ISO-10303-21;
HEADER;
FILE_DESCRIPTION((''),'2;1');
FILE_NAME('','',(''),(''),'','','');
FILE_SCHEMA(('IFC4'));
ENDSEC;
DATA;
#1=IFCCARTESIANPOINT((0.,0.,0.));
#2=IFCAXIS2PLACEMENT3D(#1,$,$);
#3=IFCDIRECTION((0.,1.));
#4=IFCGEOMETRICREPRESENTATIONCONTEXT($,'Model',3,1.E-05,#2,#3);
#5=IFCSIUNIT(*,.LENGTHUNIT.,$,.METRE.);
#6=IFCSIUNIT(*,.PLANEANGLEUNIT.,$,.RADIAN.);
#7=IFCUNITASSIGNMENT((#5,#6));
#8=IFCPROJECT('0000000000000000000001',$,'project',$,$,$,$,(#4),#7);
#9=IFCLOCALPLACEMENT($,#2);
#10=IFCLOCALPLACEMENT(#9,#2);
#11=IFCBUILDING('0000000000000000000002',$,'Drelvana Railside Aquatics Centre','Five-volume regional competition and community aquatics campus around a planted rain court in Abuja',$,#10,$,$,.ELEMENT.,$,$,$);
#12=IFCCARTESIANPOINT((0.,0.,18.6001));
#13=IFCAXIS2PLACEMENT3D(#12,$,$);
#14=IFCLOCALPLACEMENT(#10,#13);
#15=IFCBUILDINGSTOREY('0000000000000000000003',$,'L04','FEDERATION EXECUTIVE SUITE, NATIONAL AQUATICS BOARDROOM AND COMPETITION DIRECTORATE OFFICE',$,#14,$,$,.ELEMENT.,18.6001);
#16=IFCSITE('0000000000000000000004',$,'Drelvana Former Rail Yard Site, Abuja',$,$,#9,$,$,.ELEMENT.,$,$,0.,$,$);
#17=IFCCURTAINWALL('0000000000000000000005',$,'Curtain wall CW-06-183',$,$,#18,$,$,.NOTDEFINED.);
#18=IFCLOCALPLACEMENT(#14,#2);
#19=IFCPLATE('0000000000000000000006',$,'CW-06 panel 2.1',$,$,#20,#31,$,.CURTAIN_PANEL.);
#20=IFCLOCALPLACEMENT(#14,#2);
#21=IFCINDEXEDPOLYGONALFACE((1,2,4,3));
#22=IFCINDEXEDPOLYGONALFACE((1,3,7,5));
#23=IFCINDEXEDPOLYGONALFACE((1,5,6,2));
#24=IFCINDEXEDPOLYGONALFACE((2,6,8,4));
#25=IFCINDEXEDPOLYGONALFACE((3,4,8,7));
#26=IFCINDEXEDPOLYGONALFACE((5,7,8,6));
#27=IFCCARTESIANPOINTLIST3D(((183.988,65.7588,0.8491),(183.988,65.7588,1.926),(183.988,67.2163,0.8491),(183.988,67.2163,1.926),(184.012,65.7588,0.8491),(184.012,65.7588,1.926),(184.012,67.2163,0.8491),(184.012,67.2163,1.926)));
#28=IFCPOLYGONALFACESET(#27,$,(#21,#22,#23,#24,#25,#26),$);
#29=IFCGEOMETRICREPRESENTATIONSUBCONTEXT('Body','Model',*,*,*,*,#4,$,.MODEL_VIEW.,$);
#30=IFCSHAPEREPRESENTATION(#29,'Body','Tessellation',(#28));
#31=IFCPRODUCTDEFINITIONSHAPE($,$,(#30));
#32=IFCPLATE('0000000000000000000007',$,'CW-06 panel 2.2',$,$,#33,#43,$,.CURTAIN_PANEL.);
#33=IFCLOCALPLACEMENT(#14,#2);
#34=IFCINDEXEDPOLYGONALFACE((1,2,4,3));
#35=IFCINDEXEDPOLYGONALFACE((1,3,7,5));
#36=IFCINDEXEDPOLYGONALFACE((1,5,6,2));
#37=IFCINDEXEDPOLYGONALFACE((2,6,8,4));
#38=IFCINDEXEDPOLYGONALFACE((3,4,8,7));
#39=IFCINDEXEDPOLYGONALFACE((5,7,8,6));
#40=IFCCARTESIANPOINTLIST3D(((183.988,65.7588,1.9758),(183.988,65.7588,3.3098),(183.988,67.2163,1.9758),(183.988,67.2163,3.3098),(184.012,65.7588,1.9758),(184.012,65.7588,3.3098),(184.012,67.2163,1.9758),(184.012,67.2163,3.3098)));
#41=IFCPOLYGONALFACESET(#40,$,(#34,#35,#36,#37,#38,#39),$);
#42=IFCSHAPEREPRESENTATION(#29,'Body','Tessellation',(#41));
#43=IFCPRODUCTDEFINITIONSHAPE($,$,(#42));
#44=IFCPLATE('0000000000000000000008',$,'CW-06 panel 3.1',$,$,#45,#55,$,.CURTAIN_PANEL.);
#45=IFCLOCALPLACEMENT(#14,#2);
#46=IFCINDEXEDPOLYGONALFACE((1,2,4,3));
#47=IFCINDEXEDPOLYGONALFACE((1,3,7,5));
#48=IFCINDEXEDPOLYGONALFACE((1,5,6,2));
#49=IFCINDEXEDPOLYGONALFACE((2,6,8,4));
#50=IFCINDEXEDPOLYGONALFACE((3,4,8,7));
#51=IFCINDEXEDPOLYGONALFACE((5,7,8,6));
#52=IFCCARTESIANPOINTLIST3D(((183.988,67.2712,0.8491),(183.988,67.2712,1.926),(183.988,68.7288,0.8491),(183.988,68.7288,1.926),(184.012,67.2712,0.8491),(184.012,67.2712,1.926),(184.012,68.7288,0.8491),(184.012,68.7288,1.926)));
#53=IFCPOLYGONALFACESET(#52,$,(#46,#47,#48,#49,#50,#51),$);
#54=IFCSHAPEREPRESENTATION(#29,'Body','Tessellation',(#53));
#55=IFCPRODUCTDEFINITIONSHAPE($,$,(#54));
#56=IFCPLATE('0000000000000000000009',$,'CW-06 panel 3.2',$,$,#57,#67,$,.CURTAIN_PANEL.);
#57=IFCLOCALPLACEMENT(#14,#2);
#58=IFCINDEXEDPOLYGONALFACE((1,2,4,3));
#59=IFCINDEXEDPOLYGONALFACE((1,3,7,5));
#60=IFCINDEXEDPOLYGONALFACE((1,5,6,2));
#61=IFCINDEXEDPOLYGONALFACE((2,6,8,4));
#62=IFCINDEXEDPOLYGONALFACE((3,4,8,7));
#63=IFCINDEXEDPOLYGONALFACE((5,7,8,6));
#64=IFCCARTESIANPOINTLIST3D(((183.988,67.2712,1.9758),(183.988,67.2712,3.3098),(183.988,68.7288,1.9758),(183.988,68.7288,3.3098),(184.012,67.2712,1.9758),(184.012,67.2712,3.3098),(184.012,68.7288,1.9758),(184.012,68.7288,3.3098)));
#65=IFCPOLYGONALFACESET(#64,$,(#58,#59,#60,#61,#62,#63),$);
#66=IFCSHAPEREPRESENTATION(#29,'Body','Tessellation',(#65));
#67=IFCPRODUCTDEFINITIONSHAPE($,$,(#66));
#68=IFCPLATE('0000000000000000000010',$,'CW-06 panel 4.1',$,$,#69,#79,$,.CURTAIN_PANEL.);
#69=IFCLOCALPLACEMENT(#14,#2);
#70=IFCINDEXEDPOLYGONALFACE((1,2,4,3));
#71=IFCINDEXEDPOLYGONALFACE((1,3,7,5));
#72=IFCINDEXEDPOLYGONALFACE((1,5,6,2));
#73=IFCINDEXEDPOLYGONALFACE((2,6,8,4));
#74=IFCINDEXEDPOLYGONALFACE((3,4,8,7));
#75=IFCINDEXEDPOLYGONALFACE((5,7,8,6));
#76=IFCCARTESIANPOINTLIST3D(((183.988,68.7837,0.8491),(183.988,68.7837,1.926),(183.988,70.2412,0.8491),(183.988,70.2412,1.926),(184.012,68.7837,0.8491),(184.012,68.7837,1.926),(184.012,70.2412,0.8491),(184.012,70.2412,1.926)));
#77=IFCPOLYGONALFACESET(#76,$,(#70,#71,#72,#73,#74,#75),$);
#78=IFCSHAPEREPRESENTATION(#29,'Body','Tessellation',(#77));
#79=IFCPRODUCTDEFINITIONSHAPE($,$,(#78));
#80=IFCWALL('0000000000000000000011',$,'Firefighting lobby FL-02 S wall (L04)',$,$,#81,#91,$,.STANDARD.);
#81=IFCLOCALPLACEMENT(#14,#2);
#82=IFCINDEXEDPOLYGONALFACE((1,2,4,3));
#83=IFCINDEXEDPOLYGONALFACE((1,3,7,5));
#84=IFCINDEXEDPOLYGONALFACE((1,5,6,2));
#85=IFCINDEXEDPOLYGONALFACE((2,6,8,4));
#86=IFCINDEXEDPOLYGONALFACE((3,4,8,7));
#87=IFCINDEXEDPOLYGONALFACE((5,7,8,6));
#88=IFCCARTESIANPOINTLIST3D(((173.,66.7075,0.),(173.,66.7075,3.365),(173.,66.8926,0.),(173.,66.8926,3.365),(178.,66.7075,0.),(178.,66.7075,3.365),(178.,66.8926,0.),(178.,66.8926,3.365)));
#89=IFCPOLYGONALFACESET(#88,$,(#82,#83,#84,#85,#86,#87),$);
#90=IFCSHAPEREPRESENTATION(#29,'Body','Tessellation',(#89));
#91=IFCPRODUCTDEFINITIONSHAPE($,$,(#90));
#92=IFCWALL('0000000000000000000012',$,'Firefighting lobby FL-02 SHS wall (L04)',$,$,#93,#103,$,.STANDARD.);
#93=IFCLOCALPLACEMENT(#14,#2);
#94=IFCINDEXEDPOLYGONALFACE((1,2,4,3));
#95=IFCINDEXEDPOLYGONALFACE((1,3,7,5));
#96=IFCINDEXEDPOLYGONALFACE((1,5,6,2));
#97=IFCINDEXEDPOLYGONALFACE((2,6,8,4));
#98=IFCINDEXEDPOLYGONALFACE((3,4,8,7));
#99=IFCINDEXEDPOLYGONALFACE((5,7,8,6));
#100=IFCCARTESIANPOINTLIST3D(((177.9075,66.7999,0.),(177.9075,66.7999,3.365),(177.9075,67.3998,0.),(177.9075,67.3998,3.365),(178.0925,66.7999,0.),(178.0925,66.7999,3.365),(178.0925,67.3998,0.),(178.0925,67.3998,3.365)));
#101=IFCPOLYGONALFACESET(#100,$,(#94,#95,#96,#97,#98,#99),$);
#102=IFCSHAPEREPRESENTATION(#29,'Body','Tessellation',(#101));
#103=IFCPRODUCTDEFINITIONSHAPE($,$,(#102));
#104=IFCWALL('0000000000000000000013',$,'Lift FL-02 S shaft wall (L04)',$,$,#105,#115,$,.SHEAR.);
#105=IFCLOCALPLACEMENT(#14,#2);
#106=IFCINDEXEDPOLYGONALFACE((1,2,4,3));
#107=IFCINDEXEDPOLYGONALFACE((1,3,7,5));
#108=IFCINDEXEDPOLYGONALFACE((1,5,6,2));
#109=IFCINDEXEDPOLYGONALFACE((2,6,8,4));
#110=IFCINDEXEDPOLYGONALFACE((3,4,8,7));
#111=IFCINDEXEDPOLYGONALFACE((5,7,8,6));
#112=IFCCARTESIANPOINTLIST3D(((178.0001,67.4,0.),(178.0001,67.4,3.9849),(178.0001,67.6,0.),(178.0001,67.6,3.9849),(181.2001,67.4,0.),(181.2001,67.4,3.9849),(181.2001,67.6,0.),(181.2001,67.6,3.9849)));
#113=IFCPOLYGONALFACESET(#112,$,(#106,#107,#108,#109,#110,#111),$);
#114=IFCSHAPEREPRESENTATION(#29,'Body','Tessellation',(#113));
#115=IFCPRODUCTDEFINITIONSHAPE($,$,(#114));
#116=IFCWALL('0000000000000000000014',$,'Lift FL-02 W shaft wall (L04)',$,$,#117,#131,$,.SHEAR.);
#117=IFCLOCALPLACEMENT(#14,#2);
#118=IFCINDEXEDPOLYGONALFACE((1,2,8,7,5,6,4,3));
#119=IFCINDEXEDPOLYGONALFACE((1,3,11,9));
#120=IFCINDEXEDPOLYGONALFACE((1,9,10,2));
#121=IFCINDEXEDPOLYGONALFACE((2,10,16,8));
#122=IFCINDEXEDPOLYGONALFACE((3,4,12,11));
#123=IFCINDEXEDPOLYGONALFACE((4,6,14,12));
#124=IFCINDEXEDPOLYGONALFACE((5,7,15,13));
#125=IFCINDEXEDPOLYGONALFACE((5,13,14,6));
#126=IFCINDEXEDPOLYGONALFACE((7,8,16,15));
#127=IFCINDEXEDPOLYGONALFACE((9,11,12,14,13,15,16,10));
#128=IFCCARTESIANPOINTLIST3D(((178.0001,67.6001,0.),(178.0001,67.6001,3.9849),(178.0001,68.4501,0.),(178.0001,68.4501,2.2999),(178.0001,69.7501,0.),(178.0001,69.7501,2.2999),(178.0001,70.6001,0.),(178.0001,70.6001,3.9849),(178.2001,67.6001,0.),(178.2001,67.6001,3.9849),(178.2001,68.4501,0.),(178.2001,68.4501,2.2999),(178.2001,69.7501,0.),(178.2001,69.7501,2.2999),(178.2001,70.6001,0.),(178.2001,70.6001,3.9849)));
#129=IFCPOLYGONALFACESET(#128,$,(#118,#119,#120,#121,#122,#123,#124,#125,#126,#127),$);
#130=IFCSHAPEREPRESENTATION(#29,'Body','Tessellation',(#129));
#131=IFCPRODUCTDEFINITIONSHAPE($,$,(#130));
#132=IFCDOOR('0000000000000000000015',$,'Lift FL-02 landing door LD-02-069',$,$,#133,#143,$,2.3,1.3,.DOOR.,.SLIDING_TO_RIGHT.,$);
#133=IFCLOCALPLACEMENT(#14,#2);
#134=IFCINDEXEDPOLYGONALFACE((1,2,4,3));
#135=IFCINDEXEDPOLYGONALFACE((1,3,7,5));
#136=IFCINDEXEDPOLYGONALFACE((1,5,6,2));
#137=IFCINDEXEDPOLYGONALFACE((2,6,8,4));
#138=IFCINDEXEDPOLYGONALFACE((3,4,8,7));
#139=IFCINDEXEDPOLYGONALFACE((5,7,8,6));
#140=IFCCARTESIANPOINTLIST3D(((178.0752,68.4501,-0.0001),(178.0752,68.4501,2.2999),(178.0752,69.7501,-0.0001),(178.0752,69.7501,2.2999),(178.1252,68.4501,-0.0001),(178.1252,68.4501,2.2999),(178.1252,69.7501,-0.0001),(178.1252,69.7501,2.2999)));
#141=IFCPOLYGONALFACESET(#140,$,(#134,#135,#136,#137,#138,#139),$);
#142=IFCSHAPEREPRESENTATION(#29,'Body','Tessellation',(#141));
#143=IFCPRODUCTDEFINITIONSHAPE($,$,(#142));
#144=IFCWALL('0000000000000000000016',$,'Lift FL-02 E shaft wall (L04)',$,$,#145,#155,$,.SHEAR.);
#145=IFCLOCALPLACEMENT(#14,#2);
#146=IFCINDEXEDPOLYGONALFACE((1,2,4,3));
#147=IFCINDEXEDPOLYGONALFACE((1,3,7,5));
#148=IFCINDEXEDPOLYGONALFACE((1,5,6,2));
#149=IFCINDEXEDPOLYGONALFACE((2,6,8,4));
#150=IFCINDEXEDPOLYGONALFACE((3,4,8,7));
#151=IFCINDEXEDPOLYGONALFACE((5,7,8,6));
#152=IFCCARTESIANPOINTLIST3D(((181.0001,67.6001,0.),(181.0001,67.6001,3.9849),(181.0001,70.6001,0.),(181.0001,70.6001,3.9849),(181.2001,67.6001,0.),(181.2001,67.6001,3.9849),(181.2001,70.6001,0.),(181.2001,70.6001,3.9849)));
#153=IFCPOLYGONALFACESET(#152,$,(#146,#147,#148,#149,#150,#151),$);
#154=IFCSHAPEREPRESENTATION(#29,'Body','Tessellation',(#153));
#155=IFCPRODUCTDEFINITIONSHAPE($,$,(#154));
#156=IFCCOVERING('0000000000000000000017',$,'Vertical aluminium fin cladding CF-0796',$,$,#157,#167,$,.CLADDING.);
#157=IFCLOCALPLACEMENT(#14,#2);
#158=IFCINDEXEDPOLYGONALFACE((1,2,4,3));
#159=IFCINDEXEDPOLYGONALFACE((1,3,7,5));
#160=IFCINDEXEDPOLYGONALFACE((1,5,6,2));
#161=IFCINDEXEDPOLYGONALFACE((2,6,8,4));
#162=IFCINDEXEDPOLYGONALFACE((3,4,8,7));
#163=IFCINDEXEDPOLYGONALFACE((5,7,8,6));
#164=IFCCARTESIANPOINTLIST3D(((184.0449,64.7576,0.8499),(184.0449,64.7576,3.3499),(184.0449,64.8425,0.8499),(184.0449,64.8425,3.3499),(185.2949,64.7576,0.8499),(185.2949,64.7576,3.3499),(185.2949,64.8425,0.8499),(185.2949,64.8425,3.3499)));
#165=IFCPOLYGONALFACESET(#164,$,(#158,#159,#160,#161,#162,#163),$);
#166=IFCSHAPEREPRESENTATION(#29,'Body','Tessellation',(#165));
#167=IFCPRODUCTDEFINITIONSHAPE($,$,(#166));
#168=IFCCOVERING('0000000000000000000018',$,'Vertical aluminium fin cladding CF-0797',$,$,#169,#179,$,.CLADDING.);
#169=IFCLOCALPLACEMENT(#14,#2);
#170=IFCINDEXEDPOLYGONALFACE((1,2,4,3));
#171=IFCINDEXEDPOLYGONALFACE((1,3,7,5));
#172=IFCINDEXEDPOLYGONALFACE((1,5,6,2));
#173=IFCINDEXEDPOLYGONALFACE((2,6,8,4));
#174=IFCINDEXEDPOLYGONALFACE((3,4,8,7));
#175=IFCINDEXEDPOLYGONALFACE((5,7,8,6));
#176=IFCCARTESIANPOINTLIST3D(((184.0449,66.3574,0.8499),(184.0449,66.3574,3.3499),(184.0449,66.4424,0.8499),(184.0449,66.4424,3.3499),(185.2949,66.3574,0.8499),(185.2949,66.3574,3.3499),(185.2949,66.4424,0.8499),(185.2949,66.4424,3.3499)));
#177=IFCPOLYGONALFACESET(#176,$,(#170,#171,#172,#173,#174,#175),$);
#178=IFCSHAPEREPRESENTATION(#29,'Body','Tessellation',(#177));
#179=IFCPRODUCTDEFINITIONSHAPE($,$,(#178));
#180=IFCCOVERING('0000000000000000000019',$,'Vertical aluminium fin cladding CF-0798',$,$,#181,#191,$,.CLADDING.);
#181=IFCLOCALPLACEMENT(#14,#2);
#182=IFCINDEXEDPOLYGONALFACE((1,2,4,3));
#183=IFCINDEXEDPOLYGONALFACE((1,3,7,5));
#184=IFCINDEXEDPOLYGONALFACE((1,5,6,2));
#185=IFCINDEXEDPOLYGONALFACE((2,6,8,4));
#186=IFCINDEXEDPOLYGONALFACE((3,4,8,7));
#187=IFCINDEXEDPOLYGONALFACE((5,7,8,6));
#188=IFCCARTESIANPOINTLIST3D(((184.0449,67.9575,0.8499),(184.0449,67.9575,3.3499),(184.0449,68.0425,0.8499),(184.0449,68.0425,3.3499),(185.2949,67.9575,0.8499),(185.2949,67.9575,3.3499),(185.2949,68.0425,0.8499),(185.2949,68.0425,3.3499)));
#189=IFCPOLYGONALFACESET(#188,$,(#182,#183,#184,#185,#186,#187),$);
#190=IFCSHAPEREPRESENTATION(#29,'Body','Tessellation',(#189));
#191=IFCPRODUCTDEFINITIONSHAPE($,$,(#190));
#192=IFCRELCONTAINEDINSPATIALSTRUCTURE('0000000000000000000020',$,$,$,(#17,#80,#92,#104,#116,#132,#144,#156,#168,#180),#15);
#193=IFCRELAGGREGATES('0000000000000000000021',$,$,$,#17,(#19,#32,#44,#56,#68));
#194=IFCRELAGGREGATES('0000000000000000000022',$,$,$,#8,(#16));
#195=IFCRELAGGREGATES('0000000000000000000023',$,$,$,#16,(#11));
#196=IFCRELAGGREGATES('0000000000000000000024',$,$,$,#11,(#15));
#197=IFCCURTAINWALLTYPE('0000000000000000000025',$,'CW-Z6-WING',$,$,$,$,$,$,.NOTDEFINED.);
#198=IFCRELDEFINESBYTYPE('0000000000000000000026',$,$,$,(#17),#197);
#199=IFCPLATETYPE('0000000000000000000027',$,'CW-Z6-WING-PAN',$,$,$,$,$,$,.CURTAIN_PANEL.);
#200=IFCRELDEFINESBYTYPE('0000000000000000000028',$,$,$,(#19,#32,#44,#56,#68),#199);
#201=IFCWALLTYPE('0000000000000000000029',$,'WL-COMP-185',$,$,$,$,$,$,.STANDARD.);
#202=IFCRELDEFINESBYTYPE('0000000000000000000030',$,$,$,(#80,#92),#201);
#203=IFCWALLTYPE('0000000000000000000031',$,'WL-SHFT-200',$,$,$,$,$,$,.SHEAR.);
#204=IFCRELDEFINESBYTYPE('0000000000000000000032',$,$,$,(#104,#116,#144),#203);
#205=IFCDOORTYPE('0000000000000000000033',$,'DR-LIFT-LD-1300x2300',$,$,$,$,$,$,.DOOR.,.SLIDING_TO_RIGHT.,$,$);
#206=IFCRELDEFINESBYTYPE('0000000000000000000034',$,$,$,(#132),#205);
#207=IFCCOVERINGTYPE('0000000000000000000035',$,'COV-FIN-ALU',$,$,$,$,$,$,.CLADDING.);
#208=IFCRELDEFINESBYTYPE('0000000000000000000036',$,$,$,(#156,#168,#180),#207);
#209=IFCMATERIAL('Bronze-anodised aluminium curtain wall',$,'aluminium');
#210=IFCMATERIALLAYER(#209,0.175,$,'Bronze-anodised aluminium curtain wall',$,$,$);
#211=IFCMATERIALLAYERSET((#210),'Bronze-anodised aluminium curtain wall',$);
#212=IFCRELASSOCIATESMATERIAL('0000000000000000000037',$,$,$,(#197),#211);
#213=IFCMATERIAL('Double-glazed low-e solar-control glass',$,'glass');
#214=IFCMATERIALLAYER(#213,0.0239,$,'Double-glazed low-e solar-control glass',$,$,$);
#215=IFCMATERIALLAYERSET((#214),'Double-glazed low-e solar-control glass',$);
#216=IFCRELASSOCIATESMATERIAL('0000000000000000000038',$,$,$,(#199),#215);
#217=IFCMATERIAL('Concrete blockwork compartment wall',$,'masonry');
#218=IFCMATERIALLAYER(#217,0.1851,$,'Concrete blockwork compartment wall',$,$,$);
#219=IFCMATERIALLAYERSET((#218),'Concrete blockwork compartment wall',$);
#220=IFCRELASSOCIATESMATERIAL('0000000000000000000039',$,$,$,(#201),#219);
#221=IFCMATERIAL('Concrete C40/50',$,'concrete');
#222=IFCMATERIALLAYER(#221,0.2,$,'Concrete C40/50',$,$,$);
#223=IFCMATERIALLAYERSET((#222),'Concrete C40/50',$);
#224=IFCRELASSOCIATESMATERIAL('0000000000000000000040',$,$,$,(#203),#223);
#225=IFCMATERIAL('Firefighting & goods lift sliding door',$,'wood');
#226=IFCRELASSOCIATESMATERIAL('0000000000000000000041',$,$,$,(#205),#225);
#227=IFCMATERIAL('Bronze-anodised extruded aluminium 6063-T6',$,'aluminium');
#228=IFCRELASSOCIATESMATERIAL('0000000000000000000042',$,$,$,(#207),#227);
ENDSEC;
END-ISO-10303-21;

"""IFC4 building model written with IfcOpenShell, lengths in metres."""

from ifc_helpers import new_model, si_unit, direction, frame, frame_2d, origin, origin_2d, place, context, subcontext, project, spatial, rectangle, extrude, material, layer, layer_set, type_object, element, fill, aggregate, save


model = new_model("IFC4")

# Units and contexts
model_context = context("Model", 3, precision=1e-05, world=origin(), true_north=direction((0.0, 1.0)))
body_context = subcontext(model_context, "Body", "Model", "MODEL_VIEW")
ifc_project = project(units=[si_unit("LENGTHUNIT", "METRE"), si_unit("PLANEANGLEUNIT", "RADIAN")], contexts=[model_context])

# Site, building, storey
site_placement = place(None, origin())
site = spatial("IfcSite", under=ifc_project, at=site_placement, Name="Drelvana Former Rail Yard Site, Abuja", CompositionType="ELEMENT", RefElevation=0.0)
building_placement = place(site_placement, origin())
building = spatial("IfcBuilding", under=site, at=building_placement, Name="Drelvana Railside Aquatics Centre", Description="Five-volume regional competition and community aquatics campus around a planted rain court in Abuja", CompositionType="ELEMENT")
storey_placement = place(building_placement, frame((0.0, 0.0, 18.6001)))
storey = spatial("IfcBuildingStorey", under=building, at=storey_placement, Name="L04", Description="FEDERATION EXECUTIVE SUITE, NATIONAL AQUATICS BOARDROOM AND COMPETITION DIRECTORATE OFFICE", CompositionType="ELEMENT", Elevation=18.6001)

# Curtain wall, plates
ifc_material_1 = material(Name="Bronze-anodised aluminium curtain wall", Category="aluminium")
ifc_layer_1 = layer(ifc_material_1, 0.175, Name="Bronze-anodised aluminium curtain wall")
ifc_layer_set_1 = layer_set([ifc_layer_1], Name="Bronze-anodised aluminium curtain wall")
curtain_wall_type = type_object("IfcCurtainWallType", Name="CW-Z6-WING", PredefinedType="NOTDEFINED", material=ifc_layer_set_1)
curtain_wall_placement = place(storey_placement, origin())
curtain_wall = element("IfcCurtainWall", 1, at=curtain_wall_placement, inside=storey, type_object=curtain_wall_type, Name="Curtain wall CW-06-183", PredefinedType="NOTDEFINED")
ifc_material_2 = material(Name="Double-glazed low-e solar-control glass", Category="glass")
ifc_layer_2 = layer(ifc_material_2, 0.0239, Name="Double-glazed low-e solar-control glass")
ifc_layer_set_2 = layer_set([ifc_layer_2], Name="Double-glazed low-e solar-control glass")
plate_type = type_object("IfcPlateType", Name="CW-Z6-WING-PAN", PredefinedType="CURTAIN_PANEL", material=ifc_layer_set_2)
plate_1_placement = place(storey_placement, frame((184.0, 66.4875, 0.8491), z_axis=(0.0, 0.0, 1.0), x_axis=(0.0, 1.0, 0.0)))
plate_1 = element("IfcPlate", 2, at=plate_1_placement, type_object=plate_type, Name="CW-06 panel 2.1", PredefinedType="CURTAIN_PANEL", context=body_context, shape_type="SweptSolid", body=[
    extrude(rectangle(XDim=1.4575, YDim=0.0239, at=origin_2d()), origin(), (0.0, 0.0, 1.0), 1.0769),
])
plate_2_placement = place(storey_placement, frame((184.0, 66.4875, 1.9758), z_axis=(0.0, 0.0, 1.0), x_axis=(0.0, 1.0, 0.0)))
plate_2 = element("IfcPlate", 3, at=plate_2_placement, type_object=plate_type, Name="CW-06 panel 2.2", PredefinedType="CURTAIN_PANEL", context=body_context, shape_type="SweptSolid", body=[
    extrude(rectangle(XDim=1.4575, YDim=0.0239, at=origin_2d()), origin(), (0.0, 0.0, 1.0), 1.334),
])
plate_3_placement = place(storey_placement, frame((184.0, 68.0, 0.8491), z_axis=(0.0, 0.0, 1.0), x_axis=(0.0, 1.0, 0.0)))
plate_3 = element("IfcPlate", 4, at=plate_3_placement, type_object=plate_type, Name="CW-06 panel 3.1", PredefinedType="CURTAIN_PANEL", context=body_context, shape_type="SweptSolid", body=[
    extrude(rectangle(XDim=1.4575, YDim=0.0239, at=origin_2d()), origin(), (0.0, 0.0, 1.0), 1.0769),
])
plate_4_placement = place(storey_placement, frame((184.0, 68.0, 1.9758), z_axis=(0.0, 0.0, 1.0), x_axis=(0.0, 1.0, 0.0)))
plate_4 = element("IfcPlate", 5, at=plate_4_placement, type_object=plate_type, Name="CW-06 panel 3.2", PredefinedType="CURTAIN_PANEL", context=body_context, shape_type="SweptSolid", body=[
    extrude(rectangle(XDim=1.4575, YDim=0.0239, at=origin_2d()), origin(), (0.0, 0.0, 1.0), 1.334),
])
plate_5_placement = place(storey_placement, frame((184.0, 69.5125, 0.8491), z_axis=(0.0, 0.0, 1.0), x_axis=(0.0, 1.0, 0.0)))
plate_5 = element("IfcPlate", 6, at=plate_5_placement, type_object=plate_type, Name="CW-06 panel 4.1", PredefinedType="CURTAIN_PANEL", context=body_context, shape_type="SweptSolid", body=[
    extrude(rectangle(XDim=1.4575, YDim=0.0239, at=origin_2d()), origin(), (0.0, 0.0, 1.0), 1.0769),
])
aggregate(curtain_wall, [plate_1, plate_2, plate_3, plate_4, plate_5])

# Walls
ifc_material_3 = material(Name="Concrete blockwork compartment wall", Category="masonry")
ifc_layer_3 = layer(ifc_material_3, 0.1851, Name="Concrete blockwork compartment wall")
ifc_layer_set_3 = layer_set([ifc_layer_3], Name="Concrete blockwork compartment wall")
wall_type_1 = type_object("IfcWallType", Name="WL-COMP-185", PredefinedType="STANDARD", material=ifc_layer_set_3)
wall_1_placement = place(storey_placement, frame((178.0, 66.8, 0.0), z_axis=(0.0, 0.0, 1.0), x_axis=(-1.0, 0.0, 0.0)))
element("IfcWall", 7, at=wall_1_placement, inside=storey, type_object=wall_type_1, Name="Firefighting lobby FL-02 S wall (L04)", PredefinedType="STANDARD", context=body_context, shape_type="SweptSolid", body=[
    extrude(rectangle(XDim=5.0, YDim=0.1851, at=frame_2d((2.5, 0.0))), origin(), (0.0, 0.0, 1.0), 3.365),
])
wall_2_placement = place(storey_placement, frame((178.0, 66.8, 0.0), z_axis=(0.0, 0.0, 1.0), x_axis=(0.0, 1.0, 0.0)))
element("IfcWall", 8, at=wall_2_placement, inside=storey, type_object=wall_type_1, Name="Firefighting lobby FL-02 SHS wall (L04)", PredefinedType="STANDARD", context=body_context, shape_type="SweptSolid", body=[
    extrude(rectangle(XDim=0.5999, YDim=0.1851, at=frame_2d((0.2998, 0.0))), origin(), (0.0, 0.0, 1.0), 3.365),
])
ifc_material_4 = material(Name="Concrete C40/50", Category="concrete")
ifc_layer_4 = layer(ifc_material_4, 0.2, Name="Concrete C40/50")
ifc_layer_set_4 = layer_set([ifc_layer_4], Name="Concrete C40/50")
wall_type_2 = type_object("IfcWallType", Name="WL-SHFT-200", PredefinedType="SHEAR", material=ifc_layer_set_4)
wall_3_placement = place(storey_placement, frame((178.0, 67.5, 0.0), z_axis=(0.0, 0.0, 1.0), x_axis=(1.0, 0.0, 0.0)))
element("IfcWall", 9, at=wall_3_placement, inside=storey, type_object=wall_type_2, Name="Lift FL-02 S shaft wall (L04)", PredefinedType="SHEAR", context=body_context, shape_type="SweptSolid", body=[
    extrude(rectangle(XDim=3.2, YDim=0.2, at=frame_2d((1.6001, 0.0))), origin(), (0.0, 0.0, 1.0), 3.9849),
])

# Wall, opening, door
wall_4_placement = place(storey_placement, frame((178.1001, 67.6001, 0.0), z_axis=(0.0, 0.0, 1.0), x_axis=(0.0, 1.0, 0.0)))
wall_4 = element("IfcWall", 10, at=wall_4_placement, inside=storey, type_object=wall_type_2, Name="Lift FL-02 W shaft wall (L04)", PredefinedType="SHEAR", context=body_context, shape_type="SweptSolid", body=[
    extrude(rectangle(XDim=3.0, YDim=0.2, at=frame_2d((1.5, 0.0))), origin(), (0.0, 0.0, 1.0), 3.9849),
])
opening_placement = place(wall_4_placement, frame((0.8501, 0.0, 0.0)))
opening = element("IfcOpeningElement", 11, at=opening_placement, cuts=wall_4, PredefinedType="OPENING", context=body_context, shape_type="SweptSolid", body=[
    extrude(rectangle(XDim=1.3, YDim=2.3, at=frame_2d((0.6499, 1.1499))), frame((0.0, 0.1099, 0.0), z_axis=(0.0, -1.0, 0.0), x_axis=(1.0, 0.0, 0.0)), (0.0, 0.0, 1.0), 0.22),
])
ifc_material_5 = material(Name="Firefighting & goods lift sliding door", Category="wood")
door_type = type_object("IfcDoorType", Name="DR-LIFT-LD-1300x2300", OperationType="SLIDING_TO_RIGHT", PredefinedType="DOOR", material=ifc_material_5)
door_placement = place(opening_placement, origin())
door = element("IfcDoor", 12, at=door_placement, inside=storey, type_object=door_type, Name="Lift FL-02 landing door LD-02-069", OperationType="SLIDING_TO_RIGHT", OverallHeight=2.3, OverallWidth=1.3, PredefinedType="DOOR", context=body_context, shape_type="SweptSolid", body=[
    extrude(rectangle(XDim=1.3, YDim=2.3, at=frame_2d((0.6499, 1.1499))), frame((0.0, 0.0249, 0.0), z_axis=(0.0, -1.0, 0.0), x_axis=(1.0, 0.0, 0.0)), (0.0, 0.0, 1.0), 0.05),
])
fill(opening, door)

# Wall
wall_5_placement = place(storey_placement, frame((181.1001, 67.6001, 0.0), z_axis=(0.0, 0.0, 1.0), x_axis=(0.0, 1.0, 0.0)))
element("IfcWall", 13, at=wall_5_placement, inside=storey, type_object=wall_type_2, Name="Lift FL-02 E shaft wall (L04)", PredefinedType="SHEAR", context=body_context, shape_type="SweptSolid", body=[
    extrude(rectangle(XDim=3.0, YDim=0.2, at=frame_2d((1.5, 0.0))), origin(), (0.0, 0.0, 1.0), 3.9849),
])

# Coverings
ifc_material_6 = material(Name="Bronze-anodised extruded aluminium 6063-T6", Category="aluminium")
covering_type = type_object("IfcCoveringType", Name="COV-FIN-ALU", PredefinedType="CLADDING", material=ifc_material_6)
for number, where, z_axis, x_axis, name in (
    (14, (184.6699, 64.8, 0.8499), (0.0, 0.0, 1.0), (0.0, -1.0, 0.0), "Vertical aluminium fin cladding CF-0796"),
    (15, (184.6699, 66.3999, 0.8499), (0.0, 0.0, 1.0), (0.0, -1.0, 0.0), "Vertical aluminium fin cladding CF-0797"),
    (16, (184.6699, 68.0, 0.8499), (0.0, 0.0, 1.0), (0.0, -1.0, 0.0), "Vertical aluminium fin cladding CF-0798"),
):
    element("IfcCovering", number, at=place(storey_placement, frame(where, z_axis=z_axis, x_axis=x_axis)), inside=storey, type_object=covering_type, Name=name, PredefinedType="CLADDING", context=body_context, shape_type="SweptSolid", body=[
        extrude(rectangle(XDim=0.085, YDim=1.25, at=origin_2d()), origin(), (0.0, 0.0, 1.0), 2.5),
    ])

save(model, "model.ifc")
